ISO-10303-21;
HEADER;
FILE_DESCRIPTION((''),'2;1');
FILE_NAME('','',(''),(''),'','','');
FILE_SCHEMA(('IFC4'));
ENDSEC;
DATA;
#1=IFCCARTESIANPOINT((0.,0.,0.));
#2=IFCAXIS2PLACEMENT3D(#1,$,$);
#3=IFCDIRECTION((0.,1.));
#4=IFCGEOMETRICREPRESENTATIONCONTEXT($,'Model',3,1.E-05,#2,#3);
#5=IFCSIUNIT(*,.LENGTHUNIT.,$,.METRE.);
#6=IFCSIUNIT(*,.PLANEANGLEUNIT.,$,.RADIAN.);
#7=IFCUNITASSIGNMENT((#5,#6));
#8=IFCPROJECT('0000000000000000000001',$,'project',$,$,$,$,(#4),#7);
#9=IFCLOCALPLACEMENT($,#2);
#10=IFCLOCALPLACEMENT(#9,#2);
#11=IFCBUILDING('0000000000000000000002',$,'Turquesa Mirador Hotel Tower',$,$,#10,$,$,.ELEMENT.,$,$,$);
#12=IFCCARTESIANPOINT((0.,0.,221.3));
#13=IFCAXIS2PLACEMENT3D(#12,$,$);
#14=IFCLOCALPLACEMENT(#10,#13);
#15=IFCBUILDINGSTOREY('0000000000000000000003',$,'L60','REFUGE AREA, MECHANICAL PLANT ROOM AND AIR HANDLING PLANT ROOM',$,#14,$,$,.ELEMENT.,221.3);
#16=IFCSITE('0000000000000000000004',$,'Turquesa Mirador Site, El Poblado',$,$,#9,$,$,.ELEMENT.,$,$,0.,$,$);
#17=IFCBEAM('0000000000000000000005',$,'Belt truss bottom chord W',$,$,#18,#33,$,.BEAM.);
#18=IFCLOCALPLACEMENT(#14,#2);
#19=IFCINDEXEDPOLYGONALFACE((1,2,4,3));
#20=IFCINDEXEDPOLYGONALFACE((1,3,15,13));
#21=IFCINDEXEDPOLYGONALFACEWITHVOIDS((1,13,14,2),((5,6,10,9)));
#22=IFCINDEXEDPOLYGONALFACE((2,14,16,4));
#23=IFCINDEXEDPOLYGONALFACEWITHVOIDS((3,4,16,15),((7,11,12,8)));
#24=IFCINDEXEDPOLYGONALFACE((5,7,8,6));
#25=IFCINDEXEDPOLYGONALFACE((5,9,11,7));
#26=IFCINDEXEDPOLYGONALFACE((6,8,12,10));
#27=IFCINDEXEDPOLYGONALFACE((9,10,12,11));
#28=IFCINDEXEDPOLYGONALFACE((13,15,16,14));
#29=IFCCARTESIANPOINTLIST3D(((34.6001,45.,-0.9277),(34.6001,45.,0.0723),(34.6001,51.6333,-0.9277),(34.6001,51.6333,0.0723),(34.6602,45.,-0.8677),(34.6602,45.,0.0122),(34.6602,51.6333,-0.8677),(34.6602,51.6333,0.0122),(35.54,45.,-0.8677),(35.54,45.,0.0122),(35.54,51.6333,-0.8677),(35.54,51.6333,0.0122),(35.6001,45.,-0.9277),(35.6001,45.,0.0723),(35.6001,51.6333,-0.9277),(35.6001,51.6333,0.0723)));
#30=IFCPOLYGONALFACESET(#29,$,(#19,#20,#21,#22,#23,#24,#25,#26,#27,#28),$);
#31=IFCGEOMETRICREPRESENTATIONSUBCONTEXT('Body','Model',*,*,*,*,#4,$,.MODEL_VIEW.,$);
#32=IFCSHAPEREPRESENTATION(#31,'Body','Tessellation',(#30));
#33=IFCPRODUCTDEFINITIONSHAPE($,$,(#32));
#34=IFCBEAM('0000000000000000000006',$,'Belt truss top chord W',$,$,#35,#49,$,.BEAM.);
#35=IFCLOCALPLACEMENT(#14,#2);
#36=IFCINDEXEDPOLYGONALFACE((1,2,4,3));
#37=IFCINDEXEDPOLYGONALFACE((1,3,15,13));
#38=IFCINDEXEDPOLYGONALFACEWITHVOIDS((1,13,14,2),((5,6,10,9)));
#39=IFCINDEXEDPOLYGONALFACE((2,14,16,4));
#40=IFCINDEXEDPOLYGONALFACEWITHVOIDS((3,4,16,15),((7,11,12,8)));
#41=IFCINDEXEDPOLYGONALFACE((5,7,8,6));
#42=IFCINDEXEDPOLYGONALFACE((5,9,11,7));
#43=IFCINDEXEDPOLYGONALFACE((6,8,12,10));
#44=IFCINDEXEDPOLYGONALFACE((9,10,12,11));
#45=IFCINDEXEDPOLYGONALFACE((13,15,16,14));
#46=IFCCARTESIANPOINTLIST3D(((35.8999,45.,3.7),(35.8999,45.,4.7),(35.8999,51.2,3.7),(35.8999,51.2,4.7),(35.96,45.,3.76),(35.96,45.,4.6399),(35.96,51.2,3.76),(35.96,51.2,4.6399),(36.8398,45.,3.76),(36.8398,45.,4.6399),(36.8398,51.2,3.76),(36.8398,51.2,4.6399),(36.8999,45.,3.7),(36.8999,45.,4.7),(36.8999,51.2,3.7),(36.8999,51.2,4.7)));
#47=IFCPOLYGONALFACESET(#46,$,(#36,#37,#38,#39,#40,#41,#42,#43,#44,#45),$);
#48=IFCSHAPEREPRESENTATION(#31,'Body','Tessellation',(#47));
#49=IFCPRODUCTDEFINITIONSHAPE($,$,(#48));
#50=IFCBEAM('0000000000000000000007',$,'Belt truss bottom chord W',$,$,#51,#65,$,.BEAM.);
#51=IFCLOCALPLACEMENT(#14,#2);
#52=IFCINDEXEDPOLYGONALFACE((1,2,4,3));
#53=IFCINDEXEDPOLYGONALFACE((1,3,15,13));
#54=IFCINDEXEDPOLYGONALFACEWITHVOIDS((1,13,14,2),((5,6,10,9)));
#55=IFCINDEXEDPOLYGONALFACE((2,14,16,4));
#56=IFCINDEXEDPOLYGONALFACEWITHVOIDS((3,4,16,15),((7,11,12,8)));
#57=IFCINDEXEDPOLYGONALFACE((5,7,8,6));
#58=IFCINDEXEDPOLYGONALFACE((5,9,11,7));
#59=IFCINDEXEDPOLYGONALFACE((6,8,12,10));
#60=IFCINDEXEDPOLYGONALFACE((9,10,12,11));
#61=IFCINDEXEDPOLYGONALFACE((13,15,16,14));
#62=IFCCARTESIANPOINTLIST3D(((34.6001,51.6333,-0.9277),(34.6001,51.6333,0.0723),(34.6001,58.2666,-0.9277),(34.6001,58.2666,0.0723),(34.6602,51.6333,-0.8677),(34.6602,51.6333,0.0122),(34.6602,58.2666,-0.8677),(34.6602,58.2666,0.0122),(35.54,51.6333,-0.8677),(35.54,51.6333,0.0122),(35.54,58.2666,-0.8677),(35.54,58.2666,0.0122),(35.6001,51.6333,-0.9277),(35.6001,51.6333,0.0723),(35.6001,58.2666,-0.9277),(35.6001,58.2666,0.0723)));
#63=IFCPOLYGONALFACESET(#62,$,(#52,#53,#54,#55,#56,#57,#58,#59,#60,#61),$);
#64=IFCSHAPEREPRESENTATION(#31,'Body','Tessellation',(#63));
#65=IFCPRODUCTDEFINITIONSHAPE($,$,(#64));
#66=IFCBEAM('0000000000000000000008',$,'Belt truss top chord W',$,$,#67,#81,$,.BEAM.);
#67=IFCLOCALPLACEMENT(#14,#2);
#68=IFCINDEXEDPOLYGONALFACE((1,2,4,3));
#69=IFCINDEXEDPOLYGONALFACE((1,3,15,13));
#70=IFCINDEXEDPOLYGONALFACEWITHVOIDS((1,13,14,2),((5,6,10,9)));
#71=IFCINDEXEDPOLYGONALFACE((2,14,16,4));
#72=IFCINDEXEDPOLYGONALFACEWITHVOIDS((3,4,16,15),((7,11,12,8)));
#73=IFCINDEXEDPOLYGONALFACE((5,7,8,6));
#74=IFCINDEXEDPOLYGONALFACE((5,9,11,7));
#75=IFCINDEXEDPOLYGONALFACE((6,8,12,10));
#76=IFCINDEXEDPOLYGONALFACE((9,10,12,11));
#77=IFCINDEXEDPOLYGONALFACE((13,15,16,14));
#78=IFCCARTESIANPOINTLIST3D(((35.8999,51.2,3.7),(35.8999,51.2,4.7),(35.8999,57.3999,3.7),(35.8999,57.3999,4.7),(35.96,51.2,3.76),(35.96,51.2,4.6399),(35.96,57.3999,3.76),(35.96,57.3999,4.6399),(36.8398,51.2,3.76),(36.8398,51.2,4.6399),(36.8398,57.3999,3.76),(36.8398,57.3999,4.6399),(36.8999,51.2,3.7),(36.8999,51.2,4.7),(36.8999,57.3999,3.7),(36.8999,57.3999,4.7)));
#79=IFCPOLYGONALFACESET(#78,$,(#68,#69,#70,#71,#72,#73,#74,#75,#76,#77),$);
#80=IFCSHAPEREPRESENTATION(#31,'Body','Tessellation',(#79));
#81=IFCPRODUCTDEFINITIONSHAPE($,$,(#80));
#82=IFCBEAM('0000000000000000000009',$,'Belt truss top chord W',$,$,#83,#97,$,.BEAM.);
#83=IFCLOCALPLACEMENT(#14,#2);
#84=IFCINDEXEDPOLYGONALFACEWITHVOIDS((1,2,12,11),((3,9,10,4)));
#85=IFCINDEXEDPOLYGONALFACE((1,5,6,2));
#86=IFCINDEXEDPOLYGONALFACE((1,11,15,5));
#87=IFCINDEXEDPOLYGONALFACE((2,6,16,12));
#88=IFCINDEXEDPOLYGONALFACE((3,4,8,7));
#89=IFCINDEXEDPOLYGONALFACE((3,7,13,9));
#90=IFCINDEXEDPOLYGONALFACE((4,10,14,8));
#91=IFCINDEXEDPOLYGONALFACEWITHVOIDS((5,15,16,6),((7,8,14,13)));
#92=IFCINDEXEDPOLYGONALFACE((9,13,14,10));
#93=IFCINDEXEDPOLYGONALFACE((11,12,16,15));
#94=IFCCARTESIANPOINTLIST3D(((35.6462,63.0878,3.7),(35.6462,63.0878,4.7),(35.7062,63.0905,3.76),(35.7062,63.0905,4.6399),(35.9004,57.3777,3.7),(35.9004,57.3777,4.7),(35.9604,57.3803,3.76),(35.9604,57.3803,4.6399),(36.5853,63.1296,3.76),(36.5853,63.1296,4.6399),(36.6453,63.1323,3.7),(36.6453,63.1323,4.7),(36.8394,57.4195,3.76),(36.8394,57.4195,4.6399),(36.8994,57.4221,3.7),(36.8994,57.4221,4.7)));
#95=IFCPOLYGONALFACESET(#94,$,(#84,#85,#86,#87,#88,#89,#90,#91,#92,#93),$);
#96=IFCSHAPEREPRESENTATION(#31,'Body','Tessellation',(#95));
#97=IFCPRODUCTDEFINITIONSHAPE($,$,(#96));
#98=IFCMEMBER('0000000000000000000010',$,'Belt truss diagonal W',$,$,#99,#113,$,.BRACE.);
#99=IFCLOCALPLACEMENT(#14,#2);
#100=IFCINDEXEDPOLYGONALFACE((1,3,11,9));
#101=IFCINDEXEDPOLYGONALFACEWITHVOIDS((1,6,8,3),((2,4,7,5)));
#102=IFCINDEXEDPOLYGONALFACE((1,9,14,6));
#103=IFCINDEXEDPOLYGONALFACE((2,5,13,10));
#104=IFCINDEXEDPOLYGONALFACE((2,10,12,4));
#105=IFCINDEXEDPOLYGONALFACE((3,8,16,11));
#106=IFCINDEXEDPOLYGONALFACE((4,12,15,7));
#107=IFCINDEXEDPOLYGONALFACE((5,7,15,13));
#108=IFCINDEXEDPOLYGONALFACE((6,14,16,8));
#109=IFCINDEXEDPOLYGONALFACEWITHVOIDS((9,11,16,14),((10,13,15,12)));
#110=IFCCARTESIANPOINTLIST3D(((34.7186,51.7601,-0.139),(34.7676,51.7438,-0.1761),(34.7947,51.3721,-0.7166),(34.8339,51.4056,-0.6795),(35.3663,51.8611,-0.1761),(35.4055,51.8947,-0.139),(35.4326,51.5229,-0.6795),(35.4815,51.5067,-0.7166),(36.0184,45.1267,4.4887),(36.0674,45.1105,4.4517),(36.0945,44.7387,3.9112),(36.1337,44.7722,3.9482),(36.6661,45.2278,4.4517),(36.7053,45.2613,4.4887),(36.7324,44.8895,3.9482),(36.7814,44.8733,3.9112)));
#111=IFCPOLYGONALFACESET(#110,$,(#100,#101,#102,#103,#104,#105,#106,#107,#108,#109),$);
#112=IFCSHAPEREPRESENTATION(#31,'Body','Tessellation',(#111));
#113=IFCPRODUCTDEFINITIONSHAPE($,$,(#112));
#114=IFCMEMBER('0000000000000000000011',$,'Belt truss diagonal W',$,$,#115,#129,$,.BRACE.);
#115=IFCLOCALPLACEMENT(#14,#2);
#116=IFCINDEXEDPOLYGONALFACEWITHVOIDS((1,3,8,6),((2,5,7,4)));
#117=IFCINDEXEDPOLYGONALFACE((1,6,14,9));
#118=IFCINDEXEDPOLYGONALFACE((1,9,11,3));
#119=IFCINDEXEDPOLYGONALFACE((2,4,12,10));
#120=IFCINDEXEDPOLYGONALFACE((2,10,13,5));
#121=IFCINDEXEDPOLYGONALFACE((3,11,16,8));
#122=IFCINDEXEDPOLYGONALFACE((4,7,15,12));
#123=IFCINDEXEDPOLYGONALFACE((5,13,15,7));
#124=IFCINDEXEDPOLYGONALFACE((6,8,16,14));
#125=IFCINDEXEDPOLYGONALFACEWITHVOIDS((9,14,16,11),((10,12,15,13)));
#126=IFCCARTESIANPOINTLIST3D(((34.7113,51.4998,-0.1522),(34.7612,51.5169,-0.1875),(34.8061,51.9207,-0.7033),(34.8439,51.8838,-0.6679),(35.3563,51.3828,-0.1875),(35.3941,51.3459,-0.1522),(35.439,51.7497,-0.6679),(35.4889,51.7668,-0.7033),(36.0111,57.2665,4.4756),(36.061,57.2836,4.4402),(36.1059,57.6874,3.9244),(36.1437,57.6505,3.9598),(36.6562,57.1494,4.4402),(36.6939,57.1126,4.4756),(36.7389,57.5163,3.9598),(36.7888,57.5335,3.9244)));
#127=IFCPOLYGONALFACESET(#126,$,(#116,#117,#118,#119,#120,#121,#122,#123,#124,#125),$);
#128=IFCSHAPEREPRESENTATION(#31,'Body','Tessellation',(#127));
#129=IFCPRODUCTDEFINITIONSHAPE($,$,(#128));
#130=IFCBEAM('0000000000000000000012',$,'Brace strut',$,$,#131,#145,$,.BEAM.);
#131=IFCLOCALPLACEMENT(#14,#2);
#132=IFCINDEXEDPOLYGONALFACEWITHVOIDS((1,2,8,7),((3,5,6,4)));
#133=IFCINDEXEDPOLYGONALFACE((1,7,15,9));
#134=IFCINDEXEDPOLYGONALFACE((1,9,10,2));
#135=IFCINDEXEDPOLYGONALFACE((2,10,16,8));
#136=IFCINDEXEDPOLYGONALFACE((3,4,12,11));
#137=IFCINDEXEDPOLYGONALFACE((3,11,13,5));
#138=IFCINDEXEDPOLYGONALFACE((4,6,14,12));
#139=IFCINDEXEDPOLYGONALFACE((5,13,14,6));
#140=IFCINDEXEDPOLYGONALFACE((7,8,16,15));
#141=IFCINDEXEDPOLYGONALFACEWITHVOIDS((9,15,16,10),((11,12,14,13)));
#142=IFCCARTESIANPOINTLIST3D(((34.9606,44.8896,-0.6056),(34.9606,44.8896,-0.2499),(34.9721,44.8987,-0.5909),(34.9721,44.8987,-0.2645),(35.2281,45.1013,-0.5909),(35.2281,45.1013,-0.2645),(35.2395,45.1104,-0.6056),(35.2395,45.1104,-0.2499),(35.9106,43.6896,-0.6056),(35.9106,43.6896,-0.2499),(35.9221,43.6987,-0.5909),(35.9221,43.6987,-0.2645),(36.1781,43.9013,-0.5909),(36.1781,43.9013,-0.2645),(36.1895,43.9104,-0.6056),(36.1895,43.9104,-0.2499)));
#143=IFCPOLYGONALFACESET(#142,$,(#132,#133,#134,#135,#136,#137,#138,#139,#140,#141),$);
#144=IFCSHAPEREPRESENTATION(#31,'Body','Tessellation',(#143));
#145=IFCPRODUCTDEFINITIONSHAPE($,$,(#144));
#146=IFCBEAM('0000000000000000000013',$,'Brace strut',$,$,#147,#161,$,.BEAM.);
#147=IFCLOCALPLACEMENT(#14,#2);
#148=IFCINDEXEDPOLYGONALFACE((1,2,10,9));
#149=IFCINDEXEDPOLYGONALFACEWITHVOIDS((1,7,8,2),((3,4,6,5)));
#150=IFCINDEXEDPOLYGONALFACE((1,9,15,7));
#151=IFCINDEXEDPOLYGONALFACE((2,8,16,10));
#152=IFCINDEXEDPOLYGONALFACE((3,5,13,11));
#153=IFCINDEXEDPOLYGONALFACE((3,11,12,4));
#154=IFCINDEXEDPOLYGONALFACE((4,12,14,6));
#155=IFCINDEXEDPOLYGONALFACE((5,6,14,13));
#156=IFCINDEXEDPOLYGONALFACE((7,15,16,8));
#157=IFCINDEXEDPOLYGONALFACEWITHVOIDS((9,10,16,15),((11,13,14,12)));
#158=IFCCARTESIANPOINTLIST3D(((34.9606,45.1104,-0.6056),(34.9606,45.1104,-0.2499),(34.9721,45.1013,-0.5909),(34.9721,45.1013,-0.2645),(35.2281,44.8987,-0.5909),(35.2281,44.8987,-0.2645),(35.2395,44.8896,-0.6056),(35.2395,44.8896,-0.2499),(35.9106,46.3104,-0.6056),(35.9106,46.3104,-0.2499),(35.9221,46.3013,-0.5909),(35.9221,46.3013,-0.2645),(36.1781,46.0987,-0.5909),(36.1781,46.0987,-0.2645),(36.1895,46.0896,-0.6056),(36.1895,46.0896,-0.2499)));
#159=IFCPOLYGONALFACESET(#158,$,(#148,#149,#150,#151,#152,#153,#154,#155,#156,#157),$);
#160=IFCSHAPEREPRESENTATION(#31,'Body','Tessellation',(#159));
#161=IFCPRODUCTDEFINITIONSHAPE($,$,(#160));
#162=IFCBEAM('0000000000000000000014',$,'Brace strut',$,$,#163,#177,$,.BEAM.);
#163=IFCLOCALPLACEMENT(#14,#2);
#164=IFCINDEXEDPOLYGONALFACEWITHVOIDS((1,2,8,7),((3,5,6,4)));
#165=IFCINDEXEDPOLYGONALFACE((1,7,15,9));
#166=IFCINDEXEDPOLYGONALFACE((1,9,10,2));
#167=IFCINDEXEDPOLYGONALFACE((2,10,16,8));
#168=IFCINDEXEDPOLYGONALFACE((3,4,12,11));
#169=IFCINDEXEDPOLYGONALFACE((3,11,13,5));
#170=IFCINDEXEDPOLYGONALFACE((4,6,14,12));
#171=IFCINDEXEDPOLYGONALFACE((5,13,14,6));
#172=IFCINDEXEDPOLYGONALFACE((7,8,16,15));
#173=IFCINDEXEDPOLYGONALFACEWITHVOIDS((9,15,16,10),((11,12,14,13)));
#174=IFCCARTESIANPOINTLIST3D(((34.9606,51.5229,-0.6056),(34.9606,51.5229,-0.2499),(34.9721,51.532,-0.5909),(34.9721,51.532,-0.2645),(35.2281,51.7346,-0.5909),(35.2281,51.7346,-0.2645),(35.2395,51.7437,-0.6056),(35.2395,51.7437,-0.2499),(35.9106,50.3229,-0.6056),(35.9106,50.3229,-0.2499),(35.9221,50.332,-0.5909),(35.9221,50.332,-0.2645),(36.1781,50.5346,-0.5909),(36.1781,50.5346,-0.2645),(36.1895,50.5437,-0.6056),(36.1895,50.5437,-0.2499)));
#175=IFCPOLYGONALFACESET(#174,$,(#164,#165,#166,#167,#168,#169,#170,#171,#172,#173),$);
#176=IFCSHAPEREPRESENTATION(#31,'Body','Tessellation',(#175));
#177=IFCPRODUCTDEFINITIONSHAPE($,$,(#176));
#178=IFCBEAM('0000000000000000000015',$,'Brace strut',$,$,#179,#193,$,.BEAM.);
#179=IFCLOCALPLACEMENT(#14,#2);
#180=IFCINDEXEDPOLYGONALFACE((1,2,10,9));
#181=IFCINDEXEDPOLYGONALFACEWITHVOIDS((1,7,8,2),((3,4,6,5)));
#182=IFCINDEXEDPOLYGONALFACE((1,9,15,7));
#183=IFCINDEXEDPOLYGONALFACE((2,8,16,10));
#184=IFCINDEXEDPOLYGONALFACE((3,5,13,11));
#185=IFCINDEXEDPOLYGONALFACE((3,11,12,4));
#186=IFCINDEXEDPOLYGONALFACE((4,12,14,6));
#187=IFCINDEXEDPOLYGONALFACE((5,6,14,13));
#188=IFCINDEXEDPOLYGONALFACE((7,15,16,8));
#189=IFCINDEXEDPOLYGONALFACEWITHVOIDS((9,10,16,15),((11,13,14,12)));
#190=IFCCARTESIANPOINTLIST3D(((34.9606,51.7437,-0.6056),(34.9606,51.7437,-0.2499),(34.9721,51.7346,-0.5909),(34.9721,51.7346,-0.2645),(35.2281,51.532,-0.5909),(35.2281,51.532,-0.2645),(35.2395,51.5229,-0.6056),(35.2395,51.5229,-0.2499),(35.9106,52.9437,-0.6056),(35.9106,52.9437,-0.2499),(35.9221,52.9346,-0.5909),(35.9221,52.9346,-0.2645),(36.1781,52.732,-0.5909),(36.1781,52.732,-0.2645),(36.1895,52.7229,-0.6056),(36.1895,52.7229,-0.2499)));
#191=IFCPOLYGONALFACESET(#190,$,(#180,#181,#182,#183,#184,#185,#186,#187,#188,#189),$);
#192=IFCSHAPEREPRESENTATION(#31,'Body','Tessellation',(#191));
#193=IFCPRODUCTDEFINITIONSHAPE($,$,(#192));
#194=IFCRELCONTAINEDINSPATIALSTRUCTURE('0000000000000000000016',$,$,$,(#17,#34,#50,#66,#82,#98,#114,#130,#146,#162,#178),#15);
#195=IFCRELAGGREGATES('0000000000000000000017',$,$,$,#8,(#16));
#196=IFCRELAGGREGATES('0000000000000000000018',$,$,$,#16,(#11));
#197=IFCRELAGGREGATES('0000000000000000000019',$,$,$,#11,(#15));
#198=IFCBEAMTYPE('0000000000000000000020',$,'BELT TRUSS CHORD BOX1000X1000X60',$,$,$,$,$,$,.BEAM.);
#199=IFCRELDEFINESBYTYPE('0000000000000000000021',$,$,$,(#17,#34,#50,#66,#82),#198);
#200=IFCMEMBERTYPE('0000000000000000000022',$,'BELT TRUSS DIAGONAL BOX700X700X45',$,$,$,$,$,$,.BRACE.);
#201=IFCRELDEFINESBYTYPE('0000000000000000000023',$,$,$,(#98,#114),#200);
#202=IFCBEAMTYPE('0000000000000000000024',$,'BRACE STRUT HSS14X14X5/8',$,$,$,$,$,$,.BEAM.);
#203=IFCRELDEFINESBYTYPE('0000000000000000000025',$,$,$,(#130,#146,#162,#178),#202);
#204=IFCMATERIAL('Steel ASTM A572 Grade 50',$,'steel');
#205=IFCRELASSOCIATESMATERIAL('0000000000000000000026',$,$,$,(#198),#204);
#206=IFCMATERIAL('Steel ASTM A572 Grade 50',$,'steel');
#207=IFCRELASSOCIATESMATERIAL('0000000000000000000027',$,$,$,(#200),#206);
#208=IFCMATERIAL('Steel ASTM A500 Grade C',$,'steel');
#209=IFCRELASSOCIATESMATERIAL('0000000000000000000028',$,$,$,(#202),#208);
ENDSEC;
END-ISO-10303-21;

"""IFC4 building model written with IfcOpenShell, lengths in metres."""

from ifc_helpers import new_model, si_unit, direction, frame, origin, origin_2d, place, context, subcontext, project, spatial, hollow_rectangle, extrude, material, material_profile, profile_set, type_object, element, save


model = new_model("IFC4")

# Units and contexts
model_context = context("Model", 3, precision=1e-05, world=origin(), true_north=direction((0.0, 1.0)))
body_context = subcontext(model_context, "Body", "Model", "MODEL_VIEW")
ifc_project = project(units=[si_unit("LENGTHUNIT", "METRE"), si_unit("PLANEANGLEUNIT", "RADIAN")], contexts=[model_context])

# Site, building, storey
site_placement = place(None, origin())
site = spatial("IfcSite", under=ifc_project, at=site_placement, Name="Turquesa Mirador Site, El Poblado", CompositionType="ELEMENT", RefElevation=0.0)
building_placement = place(site_placement, origin())
building = spatial("IfcBuilding", under=site, at=building_placement, Name="Turquesa Mirador Hotel Tower", CompositionType="ELEMENT")
storey_placement = place(building_placement, frame((0.0, 0.0, 221.3)))
storey = spatial("IfcBuildingStorey", under=building, at=storey_placement, Name="L60", Description="REFUGE AREA, MECHANICAL PLANT ROOM AND AIR HANDLING PLANT ROOM", CompositionType="ELEMENT", Elevation=221.3)

# Beams
ifc_material_1 = material(Name="Steel ASTM A572 Grade 50", Category="steel")
ifc_material_profile_1 = material_profile(ifc_material_1, hollow_rectangle(XDim=1.0, YDim=1.0, WallThickness=0.0601, at=origin_2d()), Name="BOX1000X1000X60")
ifc_profile_set_1 = profile_set([ifc_material_profile_1], Name="Steel ASTM A572 Grade 50")
beam_type_1 = type_object("IfcBeamType", Name="BELT TRUSS CHORD BOX1000X1000X60", PredefinedType="BEAM", material=ifc_profile_set_1)
beam_1_placement = place(storey_placement, frame((35.1001, 45.0, -0.4277), z_axis=(0.0, 1.0, 0.0), x_axis=(-1.0, 0.0, 0.0)))
element("IfcBeam", 1, at=beam_1_placement, inside=storey, type_object=beam_type_1, Name="Belt truss bottom chord W", PredefinedType="BEAM", context=body_context, shape_type="SweptSolid", body=[
    extrude(hollow_rectangle(XDim=1.0, YDim=1.0, WallThickness=0.0601, at=origin_2d()), origin(), (0.0, 0.0, 1.0), 6.6333),
])
beam_2_placement = place(storey_placement, frame((36.3999, 45.0, 4.2), z_axis=(0.0, 1.0, 0.0), x_axis=(-1.0, 0.0, 0.0)))
element("IfcBeam", 2, at=beam_2_placement, inside=storey, type_object=beam_type_1, Name="Belt truss top chord W", PredefinedType="BEAM", context=body_context, shape_type="SweptSolid", body=[
    extrude(hollow_rectangle(XDim=1.0, YDim=1.0, WallThickness=0.0601, at=origin_2d()), origin(), (0.0, 0.0, 1.0), 6.2),
])
beam_3_placement = place(storey_placement, frame((35.1001, 51.6333, -0.4277), z_axis=(0.0, 1.0, 0.0), x_axis=(-1.0, 0.0, 0.0)))
element("IfcBeam", 3, at=beam_3_placement, inside=storey, type_object=beam_type_1, Name="Belt truss bottom chord W", PredefinedType="BEAM", context=body_context, shape_type="SweptSolid", body=[
    extrude(hollow_rectangle(XDim=1.0, YDim=1.0, WallThickness=0.0601, at=origin_2d()), origin(), (0.0, 0.0, 1.0), 6.6333),
])
beam_4_placement = place(storey_placement, frame((36.3999, 51.2, 4.2), z_axis=(0.0, 1.0, 0.0), x_axis=(-1.0, 0.0, 0.0)))
element("IfcBeam", 4, at=beam_4_placement, inside=storey, type_object=beam_type_1, Name="Belt truss top chord W", PredefinedType="BEAM", context=body_context, shape_type="SweptSolid", body=[
    extrude(hollow_rectangle(XDim=1.0, YDim=1.0, WallThickness=0.0601, at=origin_2d()), origin(), (0.0, 0.0, 1.0), 6.2),
])
beam_5_placement = place(storey_placement, frame((36.3999, 57.3999, 4.2), z_axis=(-0.044464, 0.999011, 0.0), x_axis=(-0.999011, -0.044464, 0.0)))
element("IfcBeam", 5, at=beam_5_placement, inside=storey, type_object=beam_type_1, Name="Belt truss top chord W", PredefinedType="BEAM", context=body_context, shape_type="SweptSolid", body=[
    extrude(hollow_rectangle(XDim=1.0, YDim=1.0, WallThickness=0.0601, at=origin_2d()), origin(), (0.0, 0.0, 1.0), 5.7158),
])

# Members
ifc_material_2 = material(Name="Steel ASTM A572 Grade 50", Category="steel")
ifc_material_profile_2 = material_profile(ifc_material_2, hollow_rectangle(XDim=0.7, YDim=0.7, WallThickness=0.0449, at=origin_2d()), Name="BOX700X700X45")
ifc_profile_set_2 = profile_set([ifc_material_profile_2], Name="Steel ASTM A572 Grade 50")
member_type = type_object("IfcMemberType", Name="BELT TRUSS DIAGONAL BOX700X700X45", PredefinedType="BRACE", material=ifc_profile_set_2)
member_1_placement = place(storey_placement, frame((36.3999, 45.0, 4.2), z_axis=(-0.158671, 0.809749, -0.564917), x_axis=(-0.981337, -0.192294, 0.0)))
element("IfcMember", 6, at=member_1_placement, inside=storey, type_object=member_type, Name="Belt truss diagonal W", PredefinedType="BRACE", context=body_context, shape_type="SweptSolid", body=[
    extrude(hollow_rectangle(XDim=0.7, YDim=0.7, WallThickness=0.0449, at=origin_2d()), origin(), (0.0, 0.0, 1.0), 8.1919),
])
member_2_placement = place(storey_placement, frame((35.1001, 51.6333, -0.4277), z_axis=(0.17314, 0.768139, 0.61643), x_axis=(-0.975526, 0.219886, 0.0)))
element("IfcMember", 7, at=member_2_placement, inside=storey, type_object=member_type, Name="Belt truss diagonal W", PredefinedType="BRACE", context=body_context, shape_type="SweptSolid", body=[
    extrude(hollow_rectangle(XDim=0.7, YDim=0.7, WallThickness=0.0449, at=origin_2d()), origin(), (0.0, 0.0, 1.0), 7.5073),
])

# Beams
ifc_material_3 = material(Name="Steel ASTM A500 Grade C", Category="steel")
ifc_material_profile_3 = material_profile(ifc_material_3, hollow_rectangle(XDim=0.3557, YDim=0.3557, WallThickness=0.0146, at=origin_2d()), Name="HSS14X14X5/8")
ifc_profile_set_3 = profile_set([ifc_material_profile_3], Name="Steel ASTM A500 Grade C")
beam_type_2 = type_object("IfcBeamType", Name="BRACE STRUT HSS14X14X5/8", PredefinedType="BEAM", material=ifc_profile_set_3)
for number, where, z_axis, x_axis, name in (
    (8, (35.1001, 45.0, -0.4277), (0.620699, -0.784049, 0.0), (0.784049, 0.620699, 0.0), "Brace strut"),
    (9, (35.1001, 45.0, -0.4277), (0.620699, 0.784049, 0.0), (-0.784049, 0.620699, 0.0), "Brace strut"),
    (10, (35.1001, 51.6333, -0.4277), (0.620699, -0.784049, 0.0), (0.784049, 0.620699, 0.0), "Brace strut"),
    (11, (35.1001, 51.6333, -0.4277), (0.620699, 0.784049, 0.0), (-0.784049, 0.620699, 0.0), "Brace strut"),
):
    element("IfcBeam", number, at=place(storey_placement, frame(where, z_axis=z_axis, x_axis=x_axis)), inside=storey, type_object=beam_type_2, Name=name, PredefinedType="BEAM", context=body_context, shape_type="SweptSolid", body=[
        extrude(hollow_rectangle(XDim=0.3557, YDim=0.3557, WallThickness=0.0146, at=origin_2d()), origin(), (0.0, 0.0, 1.0), 1.5305),
    ])

save(model, "model.ifc")
